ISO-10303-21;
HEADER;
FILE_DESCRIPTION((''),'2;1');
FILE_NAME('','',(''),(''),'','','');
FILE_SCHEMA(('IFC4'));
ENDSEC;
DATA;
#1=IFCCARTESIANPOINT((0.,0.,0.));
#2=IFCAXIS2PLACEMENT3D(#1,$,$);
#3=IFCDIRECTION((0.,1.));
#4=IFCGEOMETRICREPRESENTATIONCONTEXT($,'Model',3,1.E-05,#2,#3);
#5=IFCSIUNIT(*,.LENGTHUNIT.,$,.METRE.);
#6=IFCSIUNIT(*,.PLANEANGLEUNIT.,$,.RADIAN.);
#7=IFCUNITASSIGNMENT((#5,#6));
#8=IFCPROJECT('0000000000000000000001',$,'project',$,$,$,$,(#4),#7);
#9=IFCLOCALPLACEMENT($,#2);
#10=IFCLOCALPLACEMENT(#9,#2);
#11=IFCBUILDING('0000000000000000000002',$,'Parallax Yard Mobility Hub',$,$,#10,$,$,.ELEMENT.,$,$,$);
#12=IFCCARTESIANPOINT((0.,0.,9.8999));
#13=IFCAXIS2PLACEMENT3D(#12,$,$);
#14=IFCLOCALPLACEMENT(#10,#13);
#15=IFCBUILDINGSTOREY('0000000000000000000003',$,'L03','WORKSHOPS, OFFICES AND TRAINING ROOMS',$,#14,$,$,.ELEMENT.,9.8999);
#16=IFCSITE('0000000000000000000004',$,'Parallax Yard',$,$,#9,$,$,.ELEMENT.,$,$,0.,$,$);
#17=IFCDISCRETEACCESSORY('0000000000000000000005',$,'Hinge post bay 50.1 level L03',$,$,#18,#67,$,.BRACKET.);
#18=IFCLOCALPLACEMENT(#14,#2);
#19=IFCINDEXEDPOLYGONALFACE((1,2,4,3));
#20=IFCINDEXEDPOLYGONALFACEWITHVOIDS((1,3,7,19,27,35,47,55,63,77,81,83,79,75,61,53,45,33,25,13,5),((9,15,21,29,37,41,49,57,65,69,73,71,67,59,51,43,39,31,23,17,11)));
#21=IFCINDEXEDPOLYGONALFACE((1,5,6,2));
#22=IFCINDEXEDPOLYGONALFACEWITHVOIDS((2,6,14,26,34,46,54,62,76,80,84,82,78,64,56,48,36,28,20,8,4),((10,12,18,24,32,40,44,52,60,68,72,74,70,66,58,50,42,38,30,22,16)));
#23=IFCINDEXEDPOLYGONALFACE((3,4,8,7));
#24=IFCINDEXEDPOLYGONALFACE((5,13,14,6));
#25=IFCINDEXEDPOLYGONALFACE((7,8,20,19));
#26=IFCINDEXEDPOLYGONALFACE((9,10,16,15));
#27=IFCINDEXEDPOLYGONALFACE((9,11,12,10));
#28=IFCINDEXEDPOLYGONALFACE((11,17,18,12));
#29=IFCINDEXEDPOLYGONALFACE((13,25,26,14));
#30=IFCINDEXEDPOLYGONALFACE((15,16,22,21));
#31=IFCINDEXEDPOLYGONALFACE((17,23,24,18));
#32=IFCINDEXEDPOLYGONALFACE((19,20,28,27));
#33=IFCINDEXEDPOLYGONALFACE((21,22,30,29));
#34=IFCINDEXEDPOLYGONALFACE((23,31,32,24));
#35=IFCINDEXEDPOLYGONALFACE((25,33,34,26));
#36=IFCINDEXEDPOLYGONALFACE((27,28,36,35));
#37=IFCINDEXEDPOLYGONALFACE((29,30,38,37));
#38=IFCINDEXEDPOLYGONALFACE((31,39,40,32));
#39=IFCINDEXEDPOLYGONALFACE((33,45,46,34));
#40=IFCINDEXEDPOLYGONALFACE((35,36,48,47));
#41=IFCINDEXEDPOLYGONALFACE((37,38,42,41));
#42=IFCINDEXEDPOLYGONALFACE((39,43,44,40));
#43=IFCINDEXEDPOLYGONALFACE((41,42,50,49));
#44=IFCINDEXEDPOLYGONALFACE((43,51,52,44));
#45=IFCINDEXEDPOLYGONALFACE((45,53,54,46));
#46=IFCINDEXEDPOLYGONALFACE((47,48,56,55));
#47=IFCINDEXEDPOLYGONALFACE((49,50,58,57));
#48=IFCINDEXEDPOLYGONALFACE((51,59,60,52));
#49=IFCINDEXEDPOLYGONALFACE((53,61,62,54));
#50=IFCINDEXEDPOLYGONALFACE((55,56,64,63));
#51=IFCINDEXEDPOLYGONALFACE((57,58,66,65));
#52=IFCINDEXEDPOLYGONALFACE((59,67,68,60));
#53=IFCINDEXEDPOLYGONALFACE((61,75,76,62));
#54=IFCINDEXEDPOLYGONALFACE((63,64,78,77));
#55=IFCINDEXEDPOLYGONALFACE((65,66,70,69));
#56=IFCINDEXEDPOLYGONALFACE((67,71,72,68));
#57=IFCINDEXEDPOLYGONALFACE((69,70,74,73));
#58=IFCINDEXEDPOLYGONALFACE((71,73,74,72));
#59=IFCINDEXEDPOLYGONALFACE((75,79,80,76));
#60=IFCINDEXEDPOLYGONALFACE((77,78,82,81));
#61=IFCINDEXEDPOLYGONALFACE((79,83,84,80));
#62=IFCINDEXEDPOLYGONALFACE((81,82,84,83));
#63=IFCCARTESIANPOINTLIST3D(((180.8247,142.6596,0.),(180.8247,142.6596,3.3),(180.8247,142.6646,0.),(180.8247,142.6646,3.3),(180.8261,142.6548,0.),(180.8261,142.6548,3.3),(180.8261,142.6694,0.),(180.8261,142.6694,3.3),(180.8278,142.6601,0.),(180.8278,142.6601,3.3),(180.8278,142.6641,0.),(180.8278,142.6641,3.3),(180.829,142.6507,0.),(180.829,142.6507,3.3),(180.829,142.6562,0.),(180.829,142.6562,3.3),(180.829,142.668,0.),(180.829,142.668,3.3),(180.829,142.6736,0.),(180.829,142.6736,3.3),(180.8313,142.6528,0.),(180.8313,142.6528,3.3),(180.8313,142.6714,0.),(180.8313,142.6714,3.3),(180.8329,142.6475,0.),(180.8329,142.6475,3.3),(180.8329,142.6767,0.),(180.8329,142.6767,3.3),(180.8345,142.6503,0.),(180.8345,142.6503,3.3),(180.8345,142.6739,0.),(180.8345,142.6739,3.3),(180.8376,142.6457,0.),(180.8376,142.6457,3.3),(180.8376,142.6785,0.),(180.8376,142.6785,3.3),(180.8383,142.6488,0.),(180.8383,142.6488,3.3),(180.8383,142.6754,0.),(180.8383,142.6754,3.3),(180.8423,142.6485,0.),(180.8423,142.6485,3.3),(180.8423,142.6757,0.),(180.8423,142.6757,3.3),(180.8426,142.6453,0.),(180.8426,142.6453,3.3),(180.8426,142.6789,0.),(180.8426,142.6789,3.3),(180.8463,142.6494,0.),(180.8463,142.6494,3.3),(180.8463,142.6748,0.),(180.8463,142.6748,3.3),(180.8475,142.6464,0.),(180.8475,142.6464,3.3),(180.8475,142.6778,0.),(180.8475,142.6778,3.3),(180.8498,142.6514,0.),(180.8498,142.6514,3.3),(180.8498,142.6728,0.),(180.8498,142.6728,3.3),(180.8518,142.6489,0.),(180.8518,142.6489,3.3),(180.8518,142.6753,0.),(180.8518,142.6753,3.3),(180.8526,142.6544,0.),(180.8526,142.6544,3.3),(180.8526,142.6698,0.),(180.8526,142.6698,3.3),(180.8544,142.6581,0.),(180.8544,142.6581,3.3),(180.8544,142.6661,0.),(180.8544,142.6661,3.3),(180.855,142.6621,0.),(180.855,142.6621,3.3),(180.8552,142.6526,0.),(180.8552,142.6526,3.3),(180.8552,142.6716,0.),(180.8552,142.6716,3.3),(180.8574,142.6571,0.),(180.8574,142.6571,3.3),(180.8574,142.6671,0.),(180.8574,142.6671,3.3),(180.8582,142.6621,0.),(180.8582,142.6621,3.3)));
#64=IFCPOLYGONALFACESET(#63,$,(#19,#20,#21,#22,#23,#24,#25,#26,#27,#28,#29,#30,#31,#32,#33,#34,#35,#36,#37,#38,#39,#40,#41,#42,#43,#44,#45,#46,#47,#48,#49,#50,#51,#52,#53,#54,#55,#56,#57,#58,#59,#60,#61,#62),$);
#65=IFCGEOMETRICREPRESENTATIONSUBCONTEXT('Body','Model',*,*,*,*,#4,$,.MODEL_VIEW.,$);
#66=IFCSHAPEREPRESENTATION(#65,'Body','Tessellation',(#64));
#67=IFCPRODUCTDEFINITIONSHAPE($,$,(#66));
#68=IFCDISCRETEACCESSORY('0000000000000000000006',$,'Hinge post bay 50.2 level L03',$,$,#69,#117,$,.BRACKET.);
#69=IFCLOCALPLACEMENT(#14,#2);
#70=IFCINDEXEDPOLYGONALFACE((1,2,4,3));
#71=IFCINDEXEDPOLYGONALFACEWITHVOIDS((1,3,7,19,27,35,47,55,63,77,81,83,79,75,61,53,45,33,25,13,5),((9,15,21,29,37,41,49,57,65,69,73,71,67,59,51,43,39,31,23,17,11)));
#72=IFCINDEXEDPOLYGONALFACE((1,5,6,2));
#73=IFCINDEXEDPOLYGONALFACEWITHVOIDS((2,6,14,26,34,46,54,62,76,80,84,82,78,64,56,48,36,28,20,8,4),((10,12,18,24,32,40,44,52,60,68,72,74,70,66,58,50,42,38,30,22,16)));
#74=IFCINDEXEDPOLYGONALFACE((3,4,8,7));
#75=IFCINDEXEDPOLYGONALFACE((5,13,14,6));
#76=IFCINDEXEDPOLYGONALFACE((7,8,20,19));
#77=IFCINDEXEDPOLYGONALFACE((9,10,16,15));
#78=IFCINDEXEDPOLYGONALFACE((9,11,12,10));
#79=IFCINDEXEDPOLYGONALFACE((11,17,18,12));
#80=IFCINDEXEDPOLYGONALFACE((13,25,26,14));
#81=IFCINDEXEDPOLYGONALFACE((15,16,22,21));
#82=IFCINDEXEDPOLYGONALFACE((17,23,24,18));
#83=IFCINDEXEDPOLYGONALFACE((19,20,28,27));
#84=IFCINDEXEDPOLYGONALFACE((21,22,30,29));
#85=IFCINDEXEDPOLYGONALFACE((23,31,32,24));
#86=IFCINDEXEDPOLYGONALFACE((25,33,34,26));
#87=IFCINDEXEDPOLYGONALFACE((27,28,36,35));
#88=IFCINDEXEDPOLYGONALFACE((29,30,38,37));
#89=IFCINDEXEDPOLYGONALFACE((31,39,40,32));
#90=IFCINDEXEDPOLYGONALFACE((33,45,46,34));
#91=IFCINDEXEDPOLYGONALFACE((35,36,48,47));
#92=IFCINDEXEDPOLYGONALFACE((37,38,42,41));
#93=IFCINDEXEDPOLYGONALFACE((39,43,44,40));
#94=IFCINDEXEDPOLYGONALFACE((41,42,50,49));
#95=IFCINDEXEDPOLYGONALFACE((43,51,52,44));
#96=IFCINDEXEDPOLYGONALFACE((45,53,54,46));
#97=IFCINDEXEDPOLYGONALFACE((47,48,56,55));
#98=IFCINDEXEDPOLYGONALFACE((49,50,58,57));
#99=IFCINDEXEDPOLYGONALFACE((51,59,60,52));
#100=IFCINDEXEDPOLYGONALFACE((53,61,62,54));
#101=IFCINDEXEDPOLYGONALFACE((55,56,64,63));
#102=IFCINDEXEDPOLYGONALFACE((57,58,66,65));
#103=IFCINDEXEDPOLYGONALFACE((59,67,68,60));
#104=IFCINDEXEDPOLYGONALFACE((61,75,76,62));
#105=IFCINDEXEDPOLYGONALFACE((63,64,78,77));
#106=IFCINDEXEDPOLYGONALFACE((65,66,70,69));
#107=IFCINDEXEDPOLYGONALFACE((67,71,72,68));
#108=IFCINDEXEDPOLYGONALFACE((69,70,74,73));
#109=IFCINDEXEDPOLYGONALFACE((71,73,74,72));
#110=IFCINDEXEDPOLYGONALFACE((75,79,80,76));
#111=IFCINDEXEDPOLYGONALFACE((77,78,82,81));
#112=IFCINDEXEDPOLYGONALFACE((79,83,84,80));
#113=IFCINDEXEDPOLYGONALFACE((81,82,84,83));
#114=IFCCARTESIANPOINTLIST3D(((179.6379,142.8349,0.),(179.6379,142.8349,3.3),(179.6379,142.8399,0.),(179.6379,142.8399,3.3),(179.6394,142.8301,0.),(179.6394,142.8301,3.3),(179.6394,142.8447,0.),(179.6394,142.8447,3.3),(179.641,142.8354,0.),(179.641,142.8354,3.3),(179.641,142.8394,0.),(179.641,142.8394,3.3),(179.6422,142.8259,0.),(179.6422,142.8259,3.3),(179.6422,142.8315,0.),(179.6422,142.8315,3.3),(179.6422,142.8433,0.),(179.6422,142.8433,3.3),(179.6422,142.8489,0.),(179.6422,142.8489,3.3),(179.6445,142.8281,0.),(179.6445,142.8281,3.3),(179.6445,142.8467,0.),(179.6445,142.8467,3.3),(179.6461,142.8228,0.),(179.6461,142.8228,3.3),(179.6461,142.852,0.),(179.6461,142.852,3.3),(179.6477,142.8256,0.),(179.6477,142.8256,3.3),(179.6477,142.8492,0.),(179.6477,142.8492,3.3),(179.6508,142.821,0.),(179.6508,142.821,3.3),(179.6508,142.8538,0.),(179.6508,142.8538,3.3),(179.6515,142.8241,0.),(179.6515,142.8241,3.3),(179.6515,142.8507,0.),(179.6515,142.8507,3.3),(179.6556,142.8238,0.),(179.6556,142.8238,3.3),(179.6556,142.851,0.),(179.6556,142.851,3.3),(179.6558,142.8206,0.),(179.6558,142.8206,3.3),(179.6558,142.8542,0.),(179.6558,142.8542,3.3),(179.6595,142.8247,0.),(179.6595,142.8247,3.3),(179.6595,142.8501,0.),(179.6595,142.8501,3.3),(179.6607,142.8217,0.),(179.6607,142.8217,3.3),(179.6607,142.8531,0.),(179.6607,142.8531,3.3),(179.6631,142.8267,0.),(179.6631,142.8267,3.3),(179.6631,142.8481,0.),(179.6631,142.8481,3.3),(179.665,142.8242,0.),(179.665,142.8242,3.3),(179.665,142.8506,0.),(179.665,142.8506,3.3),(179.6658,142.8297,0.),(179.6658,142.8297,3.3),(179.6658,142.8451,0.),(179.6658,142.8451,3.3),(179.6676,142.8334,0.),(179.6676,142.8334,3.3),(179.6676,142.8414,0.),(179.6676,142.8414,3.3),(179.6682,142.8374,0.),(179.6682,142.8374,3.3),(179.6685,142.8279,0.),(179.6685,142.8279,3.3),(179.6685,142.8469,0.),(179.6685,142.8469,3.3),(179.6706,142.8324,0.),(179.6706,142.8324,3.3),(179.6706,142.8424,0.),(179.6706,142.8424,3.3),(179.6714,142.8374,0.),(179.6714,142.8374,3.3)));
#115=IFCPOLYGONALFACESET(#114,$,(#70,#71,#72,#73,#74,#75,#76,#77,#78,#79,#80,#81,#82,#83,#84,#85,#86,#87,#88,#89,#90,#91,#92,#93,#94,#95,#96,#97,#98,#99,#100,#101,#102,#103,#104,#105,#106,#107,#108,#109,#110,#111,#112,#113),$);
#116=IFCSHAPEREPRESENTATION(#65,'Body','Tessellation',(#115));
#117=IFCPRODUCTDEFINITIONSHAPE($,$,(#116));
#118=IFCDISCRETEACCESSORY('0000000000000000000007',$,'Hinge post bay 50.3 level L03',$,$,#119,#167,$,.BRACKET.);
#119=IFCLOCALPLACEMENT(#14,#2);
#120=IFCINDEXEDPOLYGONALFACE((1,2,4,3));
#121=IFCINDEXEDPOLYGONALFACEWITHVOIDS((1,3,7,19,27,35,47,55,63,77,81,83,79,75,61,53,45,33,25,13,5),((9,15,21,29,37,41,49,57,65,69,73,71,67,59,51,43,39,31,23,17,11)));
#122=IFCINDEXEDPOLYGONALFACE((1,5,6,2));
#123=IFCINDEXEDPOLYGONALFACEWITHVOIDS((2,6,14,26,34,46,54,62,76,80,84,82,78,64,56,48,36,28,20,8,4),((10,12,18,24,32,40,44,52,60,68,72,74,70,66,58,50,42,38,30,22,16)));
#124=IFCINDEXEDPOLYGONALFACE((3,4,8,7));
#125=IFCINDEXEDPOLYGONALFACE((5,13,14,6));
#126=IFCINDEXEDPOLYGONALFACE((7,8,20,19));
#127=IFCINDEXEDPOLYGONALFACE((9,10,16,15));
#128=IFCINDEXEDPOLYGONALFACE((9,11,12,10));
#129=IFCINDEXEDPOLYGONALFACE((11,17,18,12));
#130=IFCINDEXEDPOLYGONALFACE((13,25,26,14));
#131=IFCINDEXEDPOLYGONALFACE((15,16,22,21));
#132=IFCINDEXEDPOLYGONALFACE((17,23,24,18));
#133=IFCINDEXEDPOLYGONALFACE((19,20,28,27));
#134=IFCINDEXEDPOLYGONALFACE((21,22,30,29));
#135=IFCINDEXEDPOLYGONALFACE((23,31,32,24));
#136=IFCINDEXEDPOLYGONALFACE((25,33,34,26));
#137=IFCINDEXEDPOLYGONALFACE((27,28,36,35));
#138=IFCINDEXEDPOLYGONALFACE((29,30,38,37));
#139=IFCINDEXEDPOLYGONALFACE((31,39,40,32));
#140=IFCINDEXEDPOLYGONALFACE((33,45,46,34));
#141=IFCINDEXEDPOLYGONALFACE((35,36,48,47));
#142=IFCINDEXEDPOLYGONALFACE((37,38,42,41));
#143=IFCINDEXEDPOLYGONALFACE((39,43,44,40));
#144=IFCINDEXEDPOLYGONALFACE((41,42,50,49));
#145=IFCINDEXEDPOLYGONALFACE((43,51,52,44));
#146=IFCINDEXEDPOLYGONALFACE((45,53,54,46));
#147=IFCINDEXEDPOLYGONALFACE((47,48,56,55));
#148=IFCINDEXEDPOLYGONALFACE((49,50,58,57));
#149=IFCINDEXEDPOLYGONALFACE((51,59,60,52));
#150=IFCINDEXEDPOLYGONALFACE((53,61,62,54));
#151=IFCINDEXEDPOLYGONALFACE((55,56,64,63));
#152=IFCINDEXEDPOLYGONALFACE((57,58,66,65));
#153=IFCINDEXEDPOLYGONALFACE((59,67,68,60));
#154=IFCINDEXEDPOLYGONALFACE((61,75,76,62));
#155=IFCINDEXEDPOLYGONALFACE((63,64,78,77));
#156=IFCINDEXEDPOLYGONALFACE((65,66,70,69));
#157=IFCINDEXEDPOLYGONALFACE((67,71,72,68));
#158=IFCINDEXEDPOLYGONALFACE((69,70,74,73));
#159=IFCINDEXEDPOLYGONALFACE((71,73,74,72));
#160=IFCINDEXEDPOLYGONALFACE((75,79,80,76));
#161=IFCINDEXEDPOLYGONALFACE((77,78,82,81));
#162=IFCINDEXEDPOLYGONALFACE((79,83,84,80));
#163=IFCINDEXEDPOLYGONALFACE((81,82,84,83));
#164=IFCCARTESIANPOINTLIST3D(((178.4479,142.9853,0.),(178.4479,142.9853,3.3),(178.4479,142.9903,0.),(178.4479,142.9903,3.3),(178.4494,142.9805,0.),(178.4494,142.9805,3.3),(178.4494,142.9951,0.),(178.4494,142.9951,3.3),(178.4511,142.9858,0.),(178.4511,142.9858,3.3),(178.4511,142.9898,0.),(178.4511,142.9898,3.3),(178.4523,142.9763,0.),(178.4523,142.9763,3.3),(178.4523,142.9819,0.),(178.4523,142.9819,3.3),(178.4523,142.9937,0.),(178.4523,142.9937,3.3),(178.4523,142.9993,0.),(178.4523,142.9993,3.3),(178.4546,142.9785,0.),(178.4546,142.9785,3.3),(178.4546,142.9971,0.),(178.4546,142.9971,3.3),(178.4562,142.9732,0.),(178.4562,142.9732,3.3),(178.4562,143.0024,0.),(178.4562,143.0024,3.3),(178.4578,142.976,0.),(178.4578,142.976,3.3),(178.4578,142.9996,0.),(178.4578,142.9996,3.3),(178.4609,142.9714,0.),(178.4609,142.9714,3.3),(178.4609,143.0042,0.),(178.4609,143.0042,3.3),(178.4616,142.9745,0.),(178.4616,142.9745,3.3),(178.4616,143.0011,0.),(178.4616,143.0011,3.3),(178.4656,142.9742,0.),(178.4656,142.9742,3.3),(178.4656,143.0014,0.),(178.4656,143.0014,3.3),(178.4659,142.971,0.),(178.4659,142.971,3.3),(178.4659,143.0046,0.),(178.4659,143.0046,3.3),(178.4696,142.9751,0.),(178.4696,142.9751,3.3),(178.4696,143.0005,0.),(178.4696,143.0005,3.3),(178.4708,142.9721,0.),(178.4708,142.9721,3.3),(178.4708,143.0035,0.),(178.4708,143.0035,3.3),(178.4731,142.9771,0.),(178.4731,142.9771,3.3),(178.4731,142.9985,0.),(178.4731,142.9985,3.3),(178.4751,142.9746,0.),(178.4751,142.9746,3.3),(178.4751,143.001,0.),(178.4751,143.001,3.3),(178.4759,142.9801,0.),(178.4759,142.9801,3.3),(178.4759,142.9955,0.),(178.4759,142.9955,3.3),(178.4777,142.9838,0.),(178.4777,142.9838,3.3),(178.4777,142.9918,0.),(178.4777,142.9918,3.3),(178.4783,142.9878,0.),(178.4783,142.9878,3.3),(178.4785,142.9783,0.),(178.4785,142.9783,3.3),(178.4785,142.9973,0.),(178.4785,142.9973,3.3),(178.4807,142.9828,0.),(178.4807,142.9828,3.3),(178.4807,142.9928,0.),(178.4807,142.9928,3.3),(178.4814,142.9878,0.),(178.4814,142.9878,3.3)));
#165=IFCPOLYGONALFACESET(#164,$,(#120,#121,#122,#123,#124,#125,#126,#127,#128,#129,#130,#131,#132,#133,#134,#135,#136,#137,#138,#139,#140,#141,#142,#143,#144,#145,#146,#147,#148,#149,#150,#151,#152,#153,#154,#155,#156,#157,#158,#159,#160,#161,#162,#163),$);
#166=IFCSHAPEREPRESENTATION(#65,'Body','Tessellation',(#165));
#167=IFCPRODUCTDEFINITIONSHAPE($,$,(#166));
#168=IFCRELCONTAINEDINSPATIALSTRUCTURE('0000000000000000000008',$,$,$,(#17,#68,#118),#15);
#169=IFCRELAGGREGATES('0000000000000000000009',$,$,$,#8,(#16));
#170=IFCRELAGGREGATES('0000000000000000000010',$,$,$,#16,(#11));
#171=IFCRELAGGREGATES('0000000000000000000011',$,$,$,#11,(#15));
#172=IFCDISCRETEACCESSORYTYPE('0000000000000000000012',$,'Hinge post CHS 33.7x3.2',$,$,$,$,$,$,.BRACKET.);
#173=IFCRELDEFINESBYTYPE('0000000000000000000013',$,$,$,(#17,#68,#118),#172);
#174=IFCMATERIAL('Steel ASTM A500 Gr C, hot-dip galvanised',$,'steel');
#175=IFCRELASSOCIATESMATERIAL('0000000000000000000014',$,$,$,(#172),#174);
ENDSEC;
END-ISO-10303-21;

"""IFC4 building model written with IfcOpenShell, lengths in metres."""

from ifc_helpers import new_model, si_unit, direction, frame, origin, origin_2d, place, context, subcontext, project, spatial, hollow_circle, extrude, material, material_profile, profile_set, type_object, element, save


model = new_model("IFC4")

# Units and contexts
model_context = context("Model", 3, precision=1e-05, world=origin(), true_north=direction((0.0, 1.0)))
body_context = subcontext(model_context, "Body", "Model", "MODEL_VIEW")
ifc_project = project(units=[si_unit("LENGTHUNIT", "METRE"), si_unit("PLANEANGLEUNIT", "RADIAN")], contexts=[model_context])

# Site, building, storey
site_placement = place(None, origin())
site = spatial("IfcSite", under=ifc_project, at=site_placement, Name="Parallax Yard", CompositionType="ELEMENT", RefElevation=0.0)
building_placement = place(site_placement, origin())
building = spatial("IfcBuilding", under=site, at=building_placement, Name="Parallax Yard Mobility Hub", CompositionType="ELEMENT")
storey_placement = place(building_placement, frame((0.0, 0.0, 9.8999)))
storey = spatial("IfcBuildingStorey", under=building, at=storey_placement, Name="L03", Description="WORKSHOPS, OFFICES AND TRAINING ROOMS", CompositionType="ELEMENT", Elevation=9.8999)

# Discrete accessories
ifc_material_1 = material(Name="Steel ASTM A500 Gr C, hot-dip galvanised", Category="steel")
ifc_material_profile = material_profile(ifc_material_1, hollow_circle(Radius=0.0168, WallThickness=0.0032, at=origin_2d()), Name="CHS 33.7x3.2")
ifc_profile_set = profile_set([ifc_material_profile], Name="Steel ASTM A500 Gr C, hot-dip galvanised")
discrete_accessory_type_1 = type_object("IfcDiscreteAccessoryType", Name="Hinge post CHS 33.7x3.2", PredefinedType="BRACKET", material=ifc_profile_set)
for number, where, z_axis, x_axis, name in (
    (1, (180.8413, 142.6621, 0.0), (0.0, 0.0, 1.0), (1.0, 0.0, 0.0), "Hinge post bay 50.1 level L03"),
    (2, (179.6545, 142.8374, 0.0), (0.0, 0.0, 1.0), (1.0, 0.0, 0.0), "Hinge post bay 50.2 level L03"),
    (3, (178.4646, 142.9878, 0.0), (0.0, 0.0, 1.0), (1.0, 0.0, 0.0), "Hinge post bay 50.3 level L03"),
):
    element("IfcDiscreteAccessory", number, at=place(storey_placement, frame(where, z_axis=z_axis, x_axis=x_axis)), inside=storey, type_object=discrete_accessory_type_1, Name=name, PredefinedType="BRACKET", context=body_context, shape_type="SweptSolid", body=[
        extrude(hollow_circle(Radius=0.0168, WallThickness=0.0032, at=origin_2d()), origin(), (0.0, 0.0, 1.0), 3.3),
    ])

save(model, "model.ifc")
